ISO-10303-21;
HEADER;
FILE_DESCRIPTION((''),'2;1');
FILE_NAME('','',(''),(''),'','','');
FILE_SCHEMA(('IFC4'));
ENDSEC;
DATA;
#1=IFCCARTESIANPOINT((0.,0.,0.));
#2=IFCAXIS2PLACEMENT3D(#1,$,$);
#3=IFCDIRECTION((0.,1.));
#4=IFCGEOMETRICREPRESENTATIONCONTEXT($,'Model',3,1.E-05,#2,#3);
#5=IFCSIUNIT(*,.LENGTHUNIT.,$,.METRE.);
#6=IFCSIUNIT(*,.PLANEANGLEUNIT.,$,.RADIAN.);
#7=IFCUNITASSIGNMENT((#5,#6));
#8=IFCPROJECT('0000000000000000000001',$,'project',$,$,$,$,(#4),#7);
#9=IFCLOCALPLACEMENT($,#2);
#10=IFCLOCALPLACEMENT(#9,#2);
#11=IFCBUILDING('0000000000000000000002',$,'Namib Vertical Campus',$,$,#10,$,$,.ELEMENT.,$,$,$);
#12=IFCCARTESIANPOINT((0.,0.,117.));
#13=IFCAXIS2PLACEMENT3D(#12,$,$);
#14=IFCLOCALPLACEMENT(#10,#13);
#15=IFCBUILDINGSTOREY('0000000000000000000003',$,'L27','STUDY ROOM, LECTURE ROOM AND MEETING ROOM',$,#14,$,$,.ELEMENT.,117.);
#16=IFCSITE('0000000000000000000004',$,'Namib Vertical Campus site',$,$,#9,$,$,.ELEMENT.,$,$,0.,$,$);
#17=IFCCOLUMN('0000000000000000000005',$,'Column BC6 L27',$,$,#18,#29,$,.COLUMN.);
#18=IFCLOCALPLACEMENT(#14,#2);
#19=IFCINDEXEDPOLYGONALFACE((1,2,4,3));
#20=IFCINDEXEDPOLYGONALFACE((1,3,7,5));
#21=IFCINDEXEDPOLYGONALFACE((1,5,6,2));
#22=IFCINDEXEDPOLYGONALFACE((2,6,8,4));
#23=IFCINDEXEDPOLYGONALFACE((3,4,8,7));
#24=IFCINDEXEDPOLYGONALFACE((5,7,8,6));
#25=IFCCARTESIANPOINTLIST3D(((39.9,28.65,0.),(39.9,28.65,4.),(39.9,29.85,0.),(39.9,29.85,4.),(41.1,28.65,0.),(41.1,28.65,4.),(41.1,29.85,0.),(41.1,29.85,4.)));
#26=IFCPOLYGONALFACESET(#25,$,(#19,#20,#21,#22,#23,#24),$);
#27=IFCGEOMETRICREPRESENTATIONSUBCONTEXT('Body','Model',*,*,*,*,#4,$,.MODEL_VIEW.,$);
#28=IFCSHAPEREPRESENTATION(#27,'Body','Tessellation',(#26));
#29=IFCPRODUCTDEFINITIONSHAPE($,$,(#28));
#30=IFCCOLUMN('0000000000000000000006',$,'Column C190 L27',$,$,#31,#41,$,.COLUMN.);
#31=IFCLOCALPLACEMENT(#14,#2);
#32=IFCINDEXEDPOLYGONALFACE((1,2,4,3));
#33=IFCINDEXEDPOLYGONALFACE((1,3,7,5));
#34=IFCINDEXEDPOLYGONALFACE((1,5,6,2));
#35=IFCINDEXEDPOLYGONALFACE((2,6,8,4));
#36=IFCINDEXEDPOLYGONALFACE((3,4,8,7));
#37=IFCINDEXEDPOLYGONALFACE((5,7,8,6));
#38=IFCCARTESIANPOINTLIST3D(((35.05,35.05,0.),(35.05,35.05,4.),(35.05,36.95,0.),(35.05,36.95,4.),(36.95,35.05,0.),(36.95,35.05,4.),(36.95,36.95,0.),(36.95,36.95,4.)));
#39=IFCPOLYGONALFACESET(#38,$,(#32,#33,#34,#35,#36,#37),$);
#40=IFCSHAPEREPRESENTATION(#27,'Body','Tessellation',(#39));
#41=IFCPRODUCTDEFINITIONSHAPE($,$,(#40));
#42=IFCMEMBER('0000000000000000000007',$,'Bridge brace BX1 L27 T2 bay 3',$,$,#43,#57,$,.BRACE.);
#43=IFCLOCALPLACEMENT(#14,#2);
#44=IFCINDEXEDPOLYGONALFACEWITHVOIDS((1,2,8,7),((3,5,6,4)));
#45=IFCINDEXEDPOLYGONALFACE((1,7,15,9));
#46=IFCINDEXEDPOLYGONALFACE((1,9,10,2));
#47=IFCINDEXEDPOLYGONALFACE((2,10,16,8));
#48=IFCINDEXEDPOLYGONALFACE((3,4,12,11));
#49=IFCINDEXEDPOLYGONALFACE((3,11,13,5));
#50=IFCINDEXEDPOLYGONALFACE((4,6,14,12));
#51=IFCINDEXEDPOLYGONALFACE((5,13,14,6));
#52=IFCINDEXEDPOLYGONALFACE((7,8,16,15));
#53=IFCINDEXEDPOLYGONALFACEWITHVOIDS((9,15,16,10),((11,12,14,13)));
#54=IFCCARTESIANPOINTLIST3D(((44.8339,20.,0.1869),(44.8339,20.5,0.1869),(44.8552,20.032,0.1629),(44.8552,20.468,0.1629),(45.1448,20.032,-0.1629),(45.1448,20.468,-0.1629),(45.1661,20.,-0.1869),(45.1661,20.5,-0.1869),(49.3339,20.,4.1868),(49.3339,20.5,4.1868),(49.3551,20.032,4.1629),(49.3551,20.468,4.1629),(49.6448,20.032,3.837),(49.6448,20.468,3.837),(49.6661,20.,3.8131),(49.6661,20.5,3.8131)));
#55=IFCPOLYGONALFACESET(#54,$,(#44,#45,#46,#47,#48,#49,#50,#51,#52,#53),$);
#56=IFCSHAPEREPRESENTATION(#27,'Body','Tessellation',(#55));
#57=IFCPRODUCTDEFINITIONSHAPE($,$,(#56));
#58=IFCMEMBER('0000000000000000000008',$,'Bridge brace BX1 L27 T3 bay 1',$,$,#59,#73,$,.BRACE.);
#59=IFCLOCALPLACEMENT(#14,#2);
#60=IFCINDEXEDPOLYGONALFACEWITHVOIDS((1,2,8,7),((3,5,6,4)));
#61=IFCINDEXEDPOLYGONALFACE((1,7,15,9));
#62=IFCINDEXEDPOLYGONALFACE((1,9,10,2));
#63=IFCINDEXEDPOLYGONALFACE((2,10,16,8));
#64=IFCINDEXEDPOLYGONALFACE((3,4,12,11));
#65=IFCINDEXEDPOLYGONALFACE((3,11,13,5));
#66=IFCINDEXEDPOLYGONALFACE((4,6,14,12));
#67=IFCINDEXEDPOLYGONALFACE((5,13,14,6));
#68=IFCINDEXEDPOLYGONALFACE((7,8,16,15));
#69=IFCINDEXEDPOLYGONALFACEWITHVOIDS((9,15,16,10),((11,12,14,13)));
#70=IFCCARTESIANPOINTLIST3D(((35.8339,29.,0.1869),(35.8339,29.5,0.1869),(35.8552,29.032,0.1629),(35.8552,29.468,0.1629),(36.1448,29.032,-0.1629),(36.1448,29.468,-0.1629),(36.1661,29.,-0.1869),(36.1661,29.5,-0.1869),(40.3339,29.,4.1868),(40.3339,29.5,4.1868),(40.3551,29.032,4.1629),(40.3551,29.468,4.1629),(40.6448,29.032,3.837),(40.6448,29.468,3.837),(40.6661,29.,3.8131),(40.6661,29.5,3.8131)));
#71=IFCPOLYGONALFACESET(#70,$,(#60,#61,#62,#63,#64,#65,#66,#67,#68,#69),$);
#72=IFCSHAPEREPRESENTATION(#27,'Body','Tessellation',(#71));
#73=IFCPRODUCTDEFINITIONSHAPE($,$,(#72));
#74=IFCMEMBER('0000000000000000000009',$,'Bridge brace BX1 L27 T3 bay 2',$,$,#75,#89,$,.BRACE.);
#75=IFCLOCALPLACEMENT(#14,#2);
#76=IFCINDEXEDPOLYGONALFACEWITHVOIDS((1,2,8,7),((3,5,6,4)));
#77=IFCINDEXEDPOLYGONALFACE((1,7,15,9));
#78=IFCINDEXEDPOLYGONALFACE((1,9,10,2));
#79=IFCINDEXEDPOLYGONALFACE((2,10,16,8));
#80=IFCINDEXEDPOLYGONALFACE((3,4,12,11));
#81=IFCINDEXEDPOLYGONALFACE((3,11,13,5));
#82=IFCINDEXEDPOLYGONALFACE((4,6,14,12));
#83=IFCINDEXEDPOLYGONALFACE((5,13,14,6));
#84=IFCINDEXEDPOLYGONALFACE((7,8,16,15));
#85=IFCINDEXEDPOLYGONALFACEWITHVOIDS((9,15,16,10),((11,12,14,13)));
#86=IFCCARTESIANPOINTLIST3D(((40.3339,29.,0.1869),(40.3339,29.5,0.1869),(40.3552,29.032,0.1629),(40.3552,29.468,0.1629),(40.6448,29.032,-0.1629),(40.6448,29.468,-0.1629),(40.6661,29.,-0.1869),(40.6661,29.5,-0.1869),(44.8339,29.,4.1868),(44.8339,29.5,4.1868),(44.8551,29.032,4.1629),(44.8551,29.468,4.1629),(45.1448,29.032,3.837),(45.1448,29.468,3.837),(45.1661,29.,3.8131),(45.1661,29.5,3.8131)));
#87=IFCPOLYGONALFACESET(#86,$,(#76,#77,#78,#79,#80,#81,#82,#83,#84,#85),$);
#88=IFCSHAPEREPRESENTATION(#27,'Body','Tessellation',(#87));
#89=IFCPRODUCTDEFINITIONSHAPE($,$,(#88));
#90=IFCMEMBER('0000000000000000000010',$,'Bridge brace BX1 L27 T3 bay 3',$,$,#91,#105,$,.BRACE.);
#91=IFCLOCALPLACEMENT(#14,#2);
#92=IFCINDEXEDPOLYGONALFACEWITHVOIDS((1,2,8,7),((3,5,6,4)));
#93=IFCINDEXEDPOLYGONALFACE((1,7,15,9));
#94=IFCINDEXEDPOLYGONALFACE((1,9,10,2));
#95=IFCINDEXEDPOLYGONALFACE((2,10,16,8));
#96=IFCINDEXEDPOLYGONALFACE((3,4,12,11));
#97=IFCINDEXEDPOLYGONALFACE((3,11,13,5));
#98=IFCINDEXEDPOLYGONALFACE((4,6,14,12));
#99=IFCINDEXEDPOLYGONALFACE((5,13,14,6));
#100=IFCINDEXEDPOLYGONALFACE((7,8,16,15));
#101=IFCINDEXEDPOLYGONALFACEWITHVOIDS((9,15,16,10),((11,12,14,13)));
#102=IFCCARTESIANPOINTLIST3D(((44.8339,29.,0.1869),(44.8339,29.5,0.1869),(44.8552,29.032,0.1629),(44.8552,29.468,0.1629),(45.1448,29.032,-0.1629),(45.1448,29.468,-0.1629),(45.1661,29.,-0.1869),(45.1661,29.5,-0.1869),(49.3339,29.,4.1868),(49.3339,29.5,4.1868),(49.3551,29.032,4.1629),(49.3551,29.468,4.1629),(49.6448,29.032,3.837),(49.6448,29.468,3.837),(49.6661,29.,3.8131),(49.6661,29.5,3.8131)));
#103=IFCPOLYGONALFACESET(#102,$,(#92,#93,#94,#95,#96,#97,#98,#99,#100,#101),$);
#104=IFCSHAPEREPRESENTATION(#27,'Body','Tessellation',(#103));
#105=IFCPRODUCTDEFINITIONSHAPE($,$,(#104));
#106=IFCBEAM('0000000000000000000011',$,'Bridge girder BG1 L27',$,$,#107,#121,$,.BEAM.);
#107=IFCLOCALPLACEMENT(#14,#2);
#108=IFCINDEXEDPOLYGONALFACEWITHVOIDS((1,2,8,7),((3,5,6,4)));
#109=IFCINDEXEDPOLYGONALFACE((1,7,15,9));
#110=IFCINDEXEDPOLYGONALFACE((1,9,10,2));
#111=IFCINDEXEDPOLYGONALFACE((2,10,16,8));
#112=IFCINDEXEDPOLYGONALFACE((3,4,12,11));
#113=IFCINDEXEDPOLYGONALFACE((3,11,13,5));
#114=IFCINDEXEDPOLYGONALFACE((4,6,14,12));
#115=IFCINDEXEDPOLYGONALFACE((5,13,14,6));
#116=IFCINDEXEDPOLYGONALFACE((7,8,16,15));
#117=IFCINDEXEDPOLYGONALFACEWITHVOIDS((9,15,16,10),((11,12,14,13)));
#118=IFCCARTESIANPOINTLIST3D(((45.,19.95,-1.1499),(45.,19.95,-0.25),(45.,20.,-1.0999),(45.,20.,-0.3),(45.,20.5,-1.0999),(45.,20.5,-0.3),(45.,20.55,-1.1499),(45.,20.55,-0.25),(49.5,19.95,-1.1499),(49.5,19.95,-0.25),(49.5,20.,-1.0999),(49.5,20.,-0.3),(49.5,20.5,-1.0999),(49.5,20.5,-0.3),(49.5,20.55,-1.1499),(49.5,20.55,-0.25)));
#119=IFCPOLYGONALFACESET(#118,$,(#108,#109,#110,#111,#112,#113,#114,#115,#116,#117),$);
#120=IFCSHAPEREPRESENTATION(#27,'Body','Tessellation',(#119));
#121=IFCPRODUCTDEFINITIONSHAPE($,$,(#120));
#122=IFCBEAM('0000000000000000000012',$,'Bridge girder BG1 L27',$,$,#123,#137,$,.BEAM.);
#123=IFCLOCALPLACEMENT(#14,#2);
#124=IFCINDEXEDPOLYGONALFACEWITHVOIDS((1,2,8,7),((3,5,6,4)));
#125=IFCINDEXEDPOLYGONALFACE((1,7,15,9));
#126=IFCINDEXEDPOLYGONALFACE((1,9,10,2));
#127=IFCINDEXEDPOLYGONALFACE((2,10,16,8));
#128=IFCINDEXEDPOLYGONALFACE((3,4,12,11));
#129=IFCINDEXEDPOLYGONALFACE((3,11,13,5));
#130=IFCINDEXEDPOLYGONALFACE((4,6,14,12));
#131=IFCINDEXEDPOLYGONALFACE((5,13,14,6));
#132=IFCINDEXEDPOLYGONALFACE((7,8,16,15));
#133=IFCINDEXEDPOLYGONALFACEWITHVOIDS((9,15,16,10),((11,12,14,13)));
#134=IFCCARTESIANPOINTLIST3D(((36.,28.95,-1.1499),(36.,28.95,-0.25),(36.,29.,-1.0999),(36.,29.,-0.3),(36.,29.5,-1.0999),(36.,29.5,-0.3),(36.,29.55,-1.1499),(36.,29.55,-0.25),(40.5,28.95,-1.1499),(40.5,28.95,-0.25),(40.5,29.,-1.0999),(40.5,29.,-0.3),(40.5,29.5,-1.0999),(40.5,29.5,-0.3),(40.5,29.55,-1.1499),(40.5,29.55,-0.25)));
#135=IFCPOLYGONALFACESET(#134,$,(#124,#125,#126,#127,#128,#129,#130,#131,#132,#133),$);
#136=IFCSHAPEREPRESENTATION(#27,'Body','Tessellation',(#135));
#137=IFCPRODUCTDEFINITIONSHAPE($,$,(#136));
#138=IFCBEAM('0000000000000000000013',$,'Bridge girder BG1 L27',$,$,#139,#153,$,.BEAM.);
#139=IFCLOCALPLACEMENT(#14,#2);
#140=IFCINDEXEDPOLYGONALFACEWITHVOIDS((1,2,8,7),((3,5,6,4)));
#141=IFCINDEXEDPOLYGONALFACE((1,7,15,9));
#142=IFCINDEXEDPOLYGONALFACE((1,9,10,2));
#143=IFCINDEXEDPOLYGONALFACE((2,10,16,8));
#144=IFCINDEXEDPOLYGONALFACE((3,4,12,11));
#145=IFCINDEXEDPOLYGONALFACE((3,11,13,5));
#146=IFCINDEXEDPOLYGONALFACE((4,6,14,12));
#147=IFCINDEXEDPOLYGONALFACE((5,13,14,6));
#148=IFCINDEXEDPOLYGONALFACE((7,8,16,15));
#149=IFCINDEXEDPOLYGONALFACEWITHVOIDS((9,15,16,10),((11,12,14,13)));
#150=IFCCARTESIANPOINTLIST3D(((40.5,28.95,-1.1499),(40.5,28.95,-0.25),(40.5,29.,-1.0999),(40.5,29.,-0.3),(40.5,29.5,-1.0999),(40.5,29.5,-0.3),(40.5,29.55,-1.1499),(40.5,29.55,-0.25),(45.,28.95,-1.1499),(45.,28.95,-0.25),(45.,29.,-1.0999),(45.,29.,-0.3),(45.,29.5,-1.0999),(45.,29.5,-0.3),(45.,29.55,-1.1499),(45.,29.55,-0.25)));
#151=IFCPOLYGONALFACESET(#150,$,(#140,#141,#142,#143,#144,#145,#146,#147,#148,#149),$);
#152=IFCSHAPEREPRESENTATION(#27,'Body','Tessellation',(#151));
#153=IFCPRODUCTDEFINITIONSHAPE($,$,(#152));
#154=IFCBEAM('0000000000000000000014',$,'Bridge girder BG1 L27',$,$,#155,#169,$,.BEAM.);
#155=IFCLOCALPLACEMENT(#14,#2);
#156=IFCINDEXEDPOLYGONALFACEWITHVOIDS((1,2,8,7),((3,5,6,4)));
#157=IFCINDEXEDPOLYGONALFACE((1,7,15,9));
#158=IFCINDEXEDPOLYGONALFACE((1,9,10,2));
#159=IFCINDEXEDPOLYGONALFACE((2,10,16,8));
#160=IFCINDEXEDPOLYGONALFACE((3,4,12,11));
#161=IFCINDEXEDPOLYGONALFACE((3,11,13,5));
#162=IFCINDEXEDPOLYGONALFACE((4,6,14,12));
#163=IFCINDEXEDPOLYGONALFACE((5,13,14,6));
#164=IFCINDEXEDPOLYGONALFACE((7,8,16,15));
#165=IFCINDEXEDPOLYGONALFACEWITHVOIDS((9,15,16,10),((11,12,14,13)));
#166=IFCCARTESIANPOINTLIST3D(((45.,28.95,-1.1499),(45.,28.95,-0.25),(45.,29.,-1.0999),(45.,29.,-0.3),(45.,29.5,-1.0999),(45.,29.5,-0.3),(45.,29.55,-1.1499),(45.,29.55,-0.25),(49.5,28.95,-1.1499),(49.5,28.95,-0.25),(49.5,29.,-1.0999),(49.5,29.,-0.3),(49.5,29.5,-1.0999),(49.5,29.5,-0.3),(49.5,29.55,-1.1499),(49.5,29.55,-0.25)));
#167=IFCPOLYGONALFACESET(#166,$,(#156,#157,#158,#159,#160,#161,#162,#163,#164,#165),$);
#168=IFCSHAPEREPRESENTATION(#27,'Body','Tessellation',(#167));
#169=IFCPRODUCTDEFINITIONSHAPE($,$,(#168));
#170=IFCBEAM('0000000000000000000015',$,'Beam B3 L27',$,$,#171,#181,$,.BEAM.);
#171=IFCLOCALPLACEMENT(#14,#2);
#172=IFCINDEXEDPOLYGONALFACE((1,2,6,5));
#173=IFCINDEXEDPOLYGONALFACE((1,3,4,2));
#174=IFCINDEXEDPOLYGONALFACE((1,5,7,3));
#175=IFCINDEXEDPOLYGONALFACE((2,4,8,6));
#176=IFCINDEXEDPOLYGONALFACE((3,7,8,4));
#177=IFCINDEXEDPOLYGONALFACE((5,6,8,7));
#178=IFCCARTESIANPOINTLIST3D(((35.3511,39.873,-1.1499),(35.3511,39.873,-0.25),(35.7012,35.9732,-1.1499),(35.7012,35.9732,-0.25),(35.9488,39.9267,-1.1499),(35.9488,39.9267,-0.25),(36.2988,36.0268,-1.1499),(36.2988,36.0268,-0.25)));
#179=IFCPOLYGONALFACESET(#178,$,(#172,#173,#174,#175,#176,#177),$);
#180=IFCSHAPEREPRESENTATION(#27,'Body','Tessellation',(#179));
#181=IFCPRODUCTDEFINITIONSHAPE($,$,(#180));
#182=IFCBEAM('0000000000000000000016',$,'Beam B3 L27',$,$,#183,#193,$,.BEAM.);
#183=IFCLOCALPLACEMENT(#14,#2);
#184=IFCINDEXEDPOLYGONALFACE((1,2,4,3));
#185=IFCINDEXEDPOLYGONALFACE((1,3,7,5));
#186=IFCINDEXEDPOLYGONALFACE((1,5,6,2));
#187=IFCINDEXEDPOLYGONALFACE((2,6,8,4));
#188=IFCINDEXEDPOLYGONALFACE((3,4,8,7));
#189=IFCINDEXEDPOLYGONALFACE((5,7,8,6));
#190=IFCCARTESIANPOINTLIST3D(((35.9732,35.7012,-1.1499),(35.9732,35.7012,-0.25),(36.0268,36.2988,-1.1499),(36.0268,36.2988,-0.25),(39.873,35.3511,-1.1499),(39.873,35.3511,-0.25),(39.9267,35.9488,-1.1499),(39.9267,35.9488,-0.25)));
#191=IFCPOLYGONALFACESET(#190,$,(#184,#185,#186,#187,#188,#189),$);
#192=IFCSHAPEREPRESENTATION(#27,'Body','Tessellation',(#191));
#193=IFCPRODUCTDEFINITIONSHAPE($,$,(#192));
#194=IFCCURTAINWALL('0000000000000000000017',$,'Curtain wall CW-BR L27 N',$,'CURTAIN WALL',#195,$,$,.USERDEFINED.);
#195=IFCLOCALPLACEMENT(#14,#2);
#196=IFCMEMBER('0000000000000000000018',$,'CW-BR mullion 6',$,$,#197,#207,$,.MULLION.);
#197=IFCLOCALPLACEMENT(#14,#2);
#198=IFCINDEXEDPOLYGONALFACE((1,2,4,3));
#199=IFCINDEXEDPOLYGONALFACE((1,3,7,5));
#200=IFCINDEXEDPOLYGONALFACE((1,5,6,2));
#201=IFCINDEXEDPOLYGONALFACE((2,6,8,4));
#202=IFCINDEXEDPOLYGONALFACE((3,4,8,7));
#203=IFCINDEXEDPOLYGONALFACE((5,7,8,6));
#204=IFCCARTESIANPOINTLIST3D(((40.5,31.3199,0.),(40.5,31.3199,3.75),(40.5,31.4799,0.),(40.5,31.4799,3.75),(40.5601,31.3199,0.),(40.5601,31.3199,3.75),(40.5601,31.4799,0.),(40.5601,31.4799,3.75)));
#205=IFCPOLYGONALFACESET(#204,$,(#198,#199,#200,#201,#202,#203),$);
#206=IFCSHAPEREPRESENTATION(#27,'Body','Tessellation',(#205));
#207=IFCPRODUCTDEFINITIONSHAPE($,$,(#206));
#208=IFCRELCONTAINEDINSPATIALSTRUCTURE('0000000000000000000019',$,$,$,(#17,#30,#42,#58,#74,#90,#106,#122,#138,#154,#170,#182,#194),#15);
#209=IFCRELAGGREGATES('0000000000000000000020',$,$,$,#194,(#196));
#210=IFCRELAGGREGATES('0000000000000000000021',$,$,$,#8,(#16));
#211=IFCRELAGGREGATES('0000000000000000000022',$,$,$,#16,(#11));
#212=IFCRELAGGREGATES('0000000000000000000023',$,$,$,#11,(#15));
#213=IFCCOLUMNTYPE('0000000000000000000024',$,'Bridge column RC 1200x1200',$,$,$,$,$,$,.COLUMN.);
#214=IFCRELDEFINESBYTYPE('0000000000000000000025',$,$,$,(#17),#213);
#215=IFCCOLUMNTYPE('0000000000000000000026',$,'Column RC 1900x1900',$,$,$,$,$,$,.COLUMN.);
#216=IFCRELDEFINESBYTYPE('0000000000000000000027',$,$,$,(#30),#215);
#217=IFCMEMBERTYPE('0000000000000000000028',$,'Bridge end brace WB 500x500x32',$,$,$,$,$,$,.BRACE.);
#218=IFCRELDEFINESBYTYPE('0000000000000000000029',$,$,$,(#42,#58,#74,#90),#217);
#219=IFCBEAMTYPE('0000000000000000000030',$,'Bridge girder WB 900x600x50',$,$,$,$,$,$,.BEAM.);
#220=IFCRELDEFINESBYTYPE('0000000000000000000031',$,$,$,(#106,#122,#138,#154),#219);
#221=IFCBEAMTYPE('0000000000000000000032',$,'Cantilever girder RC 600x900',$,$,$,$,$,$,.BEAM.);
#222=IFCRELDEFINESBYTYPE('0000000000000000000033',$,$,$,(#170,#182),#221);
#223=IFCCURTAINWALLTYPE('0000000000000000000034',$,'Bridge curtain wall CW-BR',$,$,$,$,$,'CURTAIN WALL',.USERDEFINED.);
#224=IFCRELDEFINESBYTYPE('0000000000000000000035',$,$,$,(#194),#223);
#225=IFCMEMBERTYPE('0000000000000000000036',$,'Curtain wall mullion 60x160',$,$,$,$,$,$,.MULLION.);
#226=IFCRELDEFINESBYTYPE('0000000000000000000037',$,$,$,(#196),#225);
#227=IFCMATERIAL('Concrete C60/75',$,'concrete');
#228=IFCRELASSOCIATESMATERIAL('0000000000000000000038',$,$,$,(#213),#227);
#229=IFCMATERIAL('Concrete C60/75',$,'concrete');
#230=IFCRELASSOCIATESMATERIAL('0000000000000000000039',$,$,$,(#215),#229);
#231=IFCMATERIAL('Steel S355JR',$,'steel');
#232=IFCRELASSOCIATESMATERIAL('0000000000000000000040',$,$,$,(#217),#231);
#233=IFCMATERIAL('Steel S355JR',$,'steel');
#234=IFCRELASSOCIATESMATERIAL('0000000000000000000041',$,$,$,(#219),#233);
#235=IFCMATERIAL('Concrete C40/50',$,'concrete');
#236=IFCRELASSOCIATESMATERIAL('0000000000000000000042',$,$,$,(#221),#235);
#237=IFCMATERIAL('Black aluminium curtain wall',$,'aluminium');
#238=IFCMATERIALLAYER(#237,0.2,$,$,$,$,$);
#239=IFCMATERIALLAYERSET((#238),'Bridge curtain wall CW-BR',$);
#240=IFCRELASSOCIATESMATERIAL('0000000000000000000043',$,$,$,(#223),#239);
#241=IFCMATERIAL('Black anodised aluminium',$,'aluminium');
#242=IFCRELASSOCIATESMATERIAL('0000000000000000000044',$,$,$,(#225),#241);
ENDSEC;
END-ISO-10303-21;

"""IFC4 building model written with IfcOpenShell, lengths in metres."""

from ifc_helpers import new_model, si_unit, direction, frame, origin, origin_2d, place, context, subcontext, project, spatial, rectangle, hollow_rectangle, extrude, material, layer, layer_set, material_profile, profile_set, type_object, element, aggregate, save


model = new_model("IFC4")

# Units and contexts
model_context = context("Model", 3, precision=1e-05, world=origin(), true_north=direction((0.0, 1.0)))
body_context = subcontext(model_context, "Body", "Model", "MODEL_VIEW")
ifc_project = project(units=[si_unit("LENGTHUNIT", "METRE"), si_unit("PLANEANGLEUNIT", "RADIAN")], contexts=[model_context])

# Site, building, storey
site_placement = place(None, origin())
site = spatial("IfcSite", under=ifc_project, at=site_placement, Name="Namib Vertical Campus site", CompositionType="ELEMENT", RefElevation=0.0)
building_placement = place(site_placement, origin())
building = spatial("IfcBuilding", under=site, at=building_placement, Name="Namib Vertical Campus", CompositionType="ELEMENT")
storey_placement = place(building_placement, frame((0.0, 0.0, 117.0)))
storey = spatial("IfcBuildingStorey", under=building, at=storey_placement, Name="L27", Description="STUDY ROOM, LECTURE ROOM AND MEETING ROOM", CompositionType="ELEMENT", Elevation=117.0)

# Columns
ifc_material_1 = material(Name="Concrete C60/75", Category="concrete")
ifc_material_profile_1 = material_profile(ifc_material_1, rectangle(XDim=1.2, YDim=1.2, at=origin_2d()))
ifc_profile_set_1 = profile_set([ifc_material_profile_1], Name="Concrete C60/75")
column_type_1 = type_object("IfcColumnType", Name="Bridge column RC 1200x1200", PredefinedType="COLUMN", material=ifc_profile_set_1)
column_1_placement = place(storey_placement, frame((40.5, 29.25, 0.0), z_axis=(0.0, 0.0, 1.0), x_axis=(1.0, 0.0, 0.0)))
element("IfcColumn", 1, at=column_1_placement, inside=storey, type_object=column_type_1, Name="Column BC6 L27", PredefinedType="COLUMN", context=body_context, shape_type="SweptSolid", body=[
    extrude(rectangle(XDim=1.2, YDim=1.2, at=origin_2d()), origin(), (0.0, 0.0, 1.0), 4.0),
])
ifc_material_2 = material(Name="Concrete C60/75", Category="concrete")
ifc_material_profile_2 = material_profile(ifc_material_2, rectangle(XDim=1.8999, YDim=1.8999, at=origin_2d()))
ifc_profile_set_2 = profile_set([ifc_material_profile_2], Name="Concrete C60/75")
column_type_2 = type_object("IfcColumnType", Name="Column RC 1900x1900", PredefinedType="COLUMN", material=ifc_profile_set_2)
column_2_placement = place(storey_placement, frame((36.0, 36.0, 0.0), z_axis=(0.0, 0.0, 1.0), x_axis=(1.0, 0.0, 0.0)))
element("IfcColumn", 2, at=column_2_placement, inside=storey, type_object=column_type_2, Name="Column C190 L27", PredefinedType="COLUMN", context=body_context, shape_type="SweptSolid", body=[
    extrude(rectangle(XDim=1.8999, YDim=1.8999, at=origin_2d()), origin(), (0.0, 0.0, 1.0), 4.0),
])

# Members
ifc_material_3 = material(Name="Steel S355JR", Category="steel")
ifc_material_profile_3 = material_profile(ifc_material_3, hollow_rectangle(XDim=0.5, YDim=0.5, WallThickness=0.032, at=origin_2d()))
ifc_profile_set_3 = profile_set([ifc_material_profile_3], Name="Steel S355JR")
member_type_1 = type_object("IfcMemberType", Name="Bridge end brace WB 500x500x32", PredefinedType="BRACE", material=ifc_profile_set_3)
for number, where, z_axis, x_axis, name in (
    (3, (45.0, 20.25, 0.0), (0.747409, 0.0, 0.664364), (0.0, 1.0, 0.0), "Bridge brace BX1 L27 T2 bay 3"),
    (4, (36.0, 29.25, 0.0), (0.747409, 0.0, 0.664364), (0.0, 1.0, 0.0), "Bridge brace BX1 L27 T3 bay 1"),
    (5, (40.5, 29.25, 0.0), (0.747409, 0.0, 0.664364), (0.0, 1.0, 0.0), "Bridge brace BX1 L27 T3 bay 2"),
    (6, (45.0, 29.25, 0.0), (0.747409, 0.0, 0.664364), (0.0, 1.0, 0.0), "Bridge brace BX1 L27 T3 bay 3"),
):
    element("IfcMember", number, at=place(storey_placement, frame(where, z_axis=z_axis, x_axis=x_axis)), inside=storey, type_object=member_type_1, Name=name, PredefinedType="BRACE", context=body_context, shape_type="SweptSolid", body=[
        extrude(hollow_rectangle(XDim=0.5, YDim=0.5, WallThickness=0.032, at=origin_2d()), origin(), (0.0, 0.0, 1.0), 6.0208),
    ])

# Beams
ifc_material_4 = material(Name="Steel S355JR", Category="steel")
ifc_material_profile_4 = material_profile(ifc_material_4, hollow_rectangle(XDim=0.6001, YDim=0.8999, WallThickness=0.05, at=origin_2d()))
ifc_profile_set_4 = profile_set([ifc_material_profile_4], Name="Steel S355JR")
beam_type_1 = type_object("IfcBeamType", Name="Bridge girder WB 900x600x50", PredefinedType="BEAM", material=ifc_profile_set_4)
for number, where, z_axis, x_axis, name in (
    (7, (45.0, 20.25, -0.7), (1.0, 0.0, 0.0), (0.0, 1.0, 0.0), "Bridge girder BG1 L27"),
    (8, (36.0, 29.25, -0.7), (1.0, 0.0, 0.0), (0.0, 1.0, 0.0), "Bridge girder BG1 L27"),
    (9, (40.5, 29.25, -0.7), (1.0, 0.0, 0.0), (0.0, 1.0, 0.0), "Bridge girder BG1 L27"),
    (10, (45.0, 29.25, -0.7), (1.0, 0.0, 0.0), (0.0, 1.0, 0.0), "Bridge girder BG1 L27"),
):
    element("IfcBeam", number, at=place(storey_placement, frame(where, z_axis=z_axis, x_axis=x_axis)), inside=storey, type_object=beam_type_1, Name=name, PredefinedType="BEAM", context=body_context, shape_type="SweptSolid", body=[
        extrude(hollow_rectangle(XDim=0.6001, YDim=0.8999, WallThickness=0.05, at=origin_2d()), origin(), (0.0, 0.0, 1.0), 4.5),
    ])
ifc_material_5 = material(Name="Concrete C40/50", Category="concrete")
ifc_material_profile_5 = material_profile(ifc_material_5, rectangle(XDim=0.6001, YDim=0.8999, at=origin_2d()))
ifc_profile_set_5 = profile_set([ifc_material_profile_5], Name="Concrete C40/50")
beam_type_2 = type_object("IfcBeamType", Name="Cantilever girder RC 600x900", PredefinedType="BEAM", material=ifc_profile_set_5)
for number, where, z_axis, x_axis, name in (
    (11, (36.0, 36.0, -0.7), (-0.089411, 0.995995, 0.0), (-0.995995, -0.089411, 0.0), "Beam B3 L27"),
    (12, (36.0, 36.0, -0.7), (0.995995, -0.089411, 0.0), (0.089411, 0.995995, 0.0), "Beam B3 L27"),
):
    element("IfcBeam", number, at=place(storey_placement, frame(where, z_axis=z_axis, x_axis=x_axis)), inside=storey, type_object=beam_type_2, Name=name, PredefinedType="BEAM", context=body_context, shape_type="SweptSolid", body=[
        extrude(rectangle(XDim=0.6001, YDim=0.8999, at=origin_2d()), origin(), (0.0, 0.0, 1.0), 3.9155),
    ])

# Curtain wall, member
ifc_material_6 = material(Name="Black aluminium curtain wall", Category="aluminium")
ifc_layer_1 = layer(ifc_material_6, 0.2)
ifc_layer_set_1 = layer_set([ifc_layer_1], Name="Bridge curtain wall CW-BR")
curtain_wall_type = type_object("IfcCurtainWallType", Name="Bridge curtain wall CW-BR", ElementType="CURTAIN WALL", PredefinedType="USERDEFINED", material=ifc_layer_set_1)
curtain_wall_placement = place(storey_placement, origin())
curtain_wall = element("IfcCurtainWall", 13, at=curtain_wall_placement, inside=storey, type_object=curtain_wall_type, Name="Curtain wall CW-BR L27 N", ObjectType="CURTAIN WALL", PredefinedType="USERDEFINED")
ifc_material_7 = material(Name="Black anodised aluminium", Category="aluminium")
ifc_material_profile_6 = material_profile(ifc_material_7, rectangle(XDim=0.0601, YDim=0.1599, at=origin_2d()))
ifc_profile_set_6 = profile_set([ifc_material_profile_6], Name="Black anodised aluminium")
member_type_2 = type_object("IfcMemberType", Name="Curtain wall mullion 60x160", PredefinedType="MULLION", material=ifc_profile_set_6)
member_1_placement = place(storey_placement, frame((40.53, 31.3999, 0.0), z_axis=(0.0, 0.0, 1.0), x_axis=(-1.0, 0.0, 0.0)))
member_1 = element("IfcMember", 14, at=member_1_placement, type_object=member_type_2, Name="CW-BR mullion 6", PredefinedType="MULLION", context=body_context, shape_type="SweptSolid", body=[
    extrude(rectangle(XDim=0.0601, YDim=0.1599, at=origin_2d()), origin(), (0.0, 0.0, 1.0), 3.75),
])

aggregate(curtain_wall, [member_1])

save(model, "model.ifc")
